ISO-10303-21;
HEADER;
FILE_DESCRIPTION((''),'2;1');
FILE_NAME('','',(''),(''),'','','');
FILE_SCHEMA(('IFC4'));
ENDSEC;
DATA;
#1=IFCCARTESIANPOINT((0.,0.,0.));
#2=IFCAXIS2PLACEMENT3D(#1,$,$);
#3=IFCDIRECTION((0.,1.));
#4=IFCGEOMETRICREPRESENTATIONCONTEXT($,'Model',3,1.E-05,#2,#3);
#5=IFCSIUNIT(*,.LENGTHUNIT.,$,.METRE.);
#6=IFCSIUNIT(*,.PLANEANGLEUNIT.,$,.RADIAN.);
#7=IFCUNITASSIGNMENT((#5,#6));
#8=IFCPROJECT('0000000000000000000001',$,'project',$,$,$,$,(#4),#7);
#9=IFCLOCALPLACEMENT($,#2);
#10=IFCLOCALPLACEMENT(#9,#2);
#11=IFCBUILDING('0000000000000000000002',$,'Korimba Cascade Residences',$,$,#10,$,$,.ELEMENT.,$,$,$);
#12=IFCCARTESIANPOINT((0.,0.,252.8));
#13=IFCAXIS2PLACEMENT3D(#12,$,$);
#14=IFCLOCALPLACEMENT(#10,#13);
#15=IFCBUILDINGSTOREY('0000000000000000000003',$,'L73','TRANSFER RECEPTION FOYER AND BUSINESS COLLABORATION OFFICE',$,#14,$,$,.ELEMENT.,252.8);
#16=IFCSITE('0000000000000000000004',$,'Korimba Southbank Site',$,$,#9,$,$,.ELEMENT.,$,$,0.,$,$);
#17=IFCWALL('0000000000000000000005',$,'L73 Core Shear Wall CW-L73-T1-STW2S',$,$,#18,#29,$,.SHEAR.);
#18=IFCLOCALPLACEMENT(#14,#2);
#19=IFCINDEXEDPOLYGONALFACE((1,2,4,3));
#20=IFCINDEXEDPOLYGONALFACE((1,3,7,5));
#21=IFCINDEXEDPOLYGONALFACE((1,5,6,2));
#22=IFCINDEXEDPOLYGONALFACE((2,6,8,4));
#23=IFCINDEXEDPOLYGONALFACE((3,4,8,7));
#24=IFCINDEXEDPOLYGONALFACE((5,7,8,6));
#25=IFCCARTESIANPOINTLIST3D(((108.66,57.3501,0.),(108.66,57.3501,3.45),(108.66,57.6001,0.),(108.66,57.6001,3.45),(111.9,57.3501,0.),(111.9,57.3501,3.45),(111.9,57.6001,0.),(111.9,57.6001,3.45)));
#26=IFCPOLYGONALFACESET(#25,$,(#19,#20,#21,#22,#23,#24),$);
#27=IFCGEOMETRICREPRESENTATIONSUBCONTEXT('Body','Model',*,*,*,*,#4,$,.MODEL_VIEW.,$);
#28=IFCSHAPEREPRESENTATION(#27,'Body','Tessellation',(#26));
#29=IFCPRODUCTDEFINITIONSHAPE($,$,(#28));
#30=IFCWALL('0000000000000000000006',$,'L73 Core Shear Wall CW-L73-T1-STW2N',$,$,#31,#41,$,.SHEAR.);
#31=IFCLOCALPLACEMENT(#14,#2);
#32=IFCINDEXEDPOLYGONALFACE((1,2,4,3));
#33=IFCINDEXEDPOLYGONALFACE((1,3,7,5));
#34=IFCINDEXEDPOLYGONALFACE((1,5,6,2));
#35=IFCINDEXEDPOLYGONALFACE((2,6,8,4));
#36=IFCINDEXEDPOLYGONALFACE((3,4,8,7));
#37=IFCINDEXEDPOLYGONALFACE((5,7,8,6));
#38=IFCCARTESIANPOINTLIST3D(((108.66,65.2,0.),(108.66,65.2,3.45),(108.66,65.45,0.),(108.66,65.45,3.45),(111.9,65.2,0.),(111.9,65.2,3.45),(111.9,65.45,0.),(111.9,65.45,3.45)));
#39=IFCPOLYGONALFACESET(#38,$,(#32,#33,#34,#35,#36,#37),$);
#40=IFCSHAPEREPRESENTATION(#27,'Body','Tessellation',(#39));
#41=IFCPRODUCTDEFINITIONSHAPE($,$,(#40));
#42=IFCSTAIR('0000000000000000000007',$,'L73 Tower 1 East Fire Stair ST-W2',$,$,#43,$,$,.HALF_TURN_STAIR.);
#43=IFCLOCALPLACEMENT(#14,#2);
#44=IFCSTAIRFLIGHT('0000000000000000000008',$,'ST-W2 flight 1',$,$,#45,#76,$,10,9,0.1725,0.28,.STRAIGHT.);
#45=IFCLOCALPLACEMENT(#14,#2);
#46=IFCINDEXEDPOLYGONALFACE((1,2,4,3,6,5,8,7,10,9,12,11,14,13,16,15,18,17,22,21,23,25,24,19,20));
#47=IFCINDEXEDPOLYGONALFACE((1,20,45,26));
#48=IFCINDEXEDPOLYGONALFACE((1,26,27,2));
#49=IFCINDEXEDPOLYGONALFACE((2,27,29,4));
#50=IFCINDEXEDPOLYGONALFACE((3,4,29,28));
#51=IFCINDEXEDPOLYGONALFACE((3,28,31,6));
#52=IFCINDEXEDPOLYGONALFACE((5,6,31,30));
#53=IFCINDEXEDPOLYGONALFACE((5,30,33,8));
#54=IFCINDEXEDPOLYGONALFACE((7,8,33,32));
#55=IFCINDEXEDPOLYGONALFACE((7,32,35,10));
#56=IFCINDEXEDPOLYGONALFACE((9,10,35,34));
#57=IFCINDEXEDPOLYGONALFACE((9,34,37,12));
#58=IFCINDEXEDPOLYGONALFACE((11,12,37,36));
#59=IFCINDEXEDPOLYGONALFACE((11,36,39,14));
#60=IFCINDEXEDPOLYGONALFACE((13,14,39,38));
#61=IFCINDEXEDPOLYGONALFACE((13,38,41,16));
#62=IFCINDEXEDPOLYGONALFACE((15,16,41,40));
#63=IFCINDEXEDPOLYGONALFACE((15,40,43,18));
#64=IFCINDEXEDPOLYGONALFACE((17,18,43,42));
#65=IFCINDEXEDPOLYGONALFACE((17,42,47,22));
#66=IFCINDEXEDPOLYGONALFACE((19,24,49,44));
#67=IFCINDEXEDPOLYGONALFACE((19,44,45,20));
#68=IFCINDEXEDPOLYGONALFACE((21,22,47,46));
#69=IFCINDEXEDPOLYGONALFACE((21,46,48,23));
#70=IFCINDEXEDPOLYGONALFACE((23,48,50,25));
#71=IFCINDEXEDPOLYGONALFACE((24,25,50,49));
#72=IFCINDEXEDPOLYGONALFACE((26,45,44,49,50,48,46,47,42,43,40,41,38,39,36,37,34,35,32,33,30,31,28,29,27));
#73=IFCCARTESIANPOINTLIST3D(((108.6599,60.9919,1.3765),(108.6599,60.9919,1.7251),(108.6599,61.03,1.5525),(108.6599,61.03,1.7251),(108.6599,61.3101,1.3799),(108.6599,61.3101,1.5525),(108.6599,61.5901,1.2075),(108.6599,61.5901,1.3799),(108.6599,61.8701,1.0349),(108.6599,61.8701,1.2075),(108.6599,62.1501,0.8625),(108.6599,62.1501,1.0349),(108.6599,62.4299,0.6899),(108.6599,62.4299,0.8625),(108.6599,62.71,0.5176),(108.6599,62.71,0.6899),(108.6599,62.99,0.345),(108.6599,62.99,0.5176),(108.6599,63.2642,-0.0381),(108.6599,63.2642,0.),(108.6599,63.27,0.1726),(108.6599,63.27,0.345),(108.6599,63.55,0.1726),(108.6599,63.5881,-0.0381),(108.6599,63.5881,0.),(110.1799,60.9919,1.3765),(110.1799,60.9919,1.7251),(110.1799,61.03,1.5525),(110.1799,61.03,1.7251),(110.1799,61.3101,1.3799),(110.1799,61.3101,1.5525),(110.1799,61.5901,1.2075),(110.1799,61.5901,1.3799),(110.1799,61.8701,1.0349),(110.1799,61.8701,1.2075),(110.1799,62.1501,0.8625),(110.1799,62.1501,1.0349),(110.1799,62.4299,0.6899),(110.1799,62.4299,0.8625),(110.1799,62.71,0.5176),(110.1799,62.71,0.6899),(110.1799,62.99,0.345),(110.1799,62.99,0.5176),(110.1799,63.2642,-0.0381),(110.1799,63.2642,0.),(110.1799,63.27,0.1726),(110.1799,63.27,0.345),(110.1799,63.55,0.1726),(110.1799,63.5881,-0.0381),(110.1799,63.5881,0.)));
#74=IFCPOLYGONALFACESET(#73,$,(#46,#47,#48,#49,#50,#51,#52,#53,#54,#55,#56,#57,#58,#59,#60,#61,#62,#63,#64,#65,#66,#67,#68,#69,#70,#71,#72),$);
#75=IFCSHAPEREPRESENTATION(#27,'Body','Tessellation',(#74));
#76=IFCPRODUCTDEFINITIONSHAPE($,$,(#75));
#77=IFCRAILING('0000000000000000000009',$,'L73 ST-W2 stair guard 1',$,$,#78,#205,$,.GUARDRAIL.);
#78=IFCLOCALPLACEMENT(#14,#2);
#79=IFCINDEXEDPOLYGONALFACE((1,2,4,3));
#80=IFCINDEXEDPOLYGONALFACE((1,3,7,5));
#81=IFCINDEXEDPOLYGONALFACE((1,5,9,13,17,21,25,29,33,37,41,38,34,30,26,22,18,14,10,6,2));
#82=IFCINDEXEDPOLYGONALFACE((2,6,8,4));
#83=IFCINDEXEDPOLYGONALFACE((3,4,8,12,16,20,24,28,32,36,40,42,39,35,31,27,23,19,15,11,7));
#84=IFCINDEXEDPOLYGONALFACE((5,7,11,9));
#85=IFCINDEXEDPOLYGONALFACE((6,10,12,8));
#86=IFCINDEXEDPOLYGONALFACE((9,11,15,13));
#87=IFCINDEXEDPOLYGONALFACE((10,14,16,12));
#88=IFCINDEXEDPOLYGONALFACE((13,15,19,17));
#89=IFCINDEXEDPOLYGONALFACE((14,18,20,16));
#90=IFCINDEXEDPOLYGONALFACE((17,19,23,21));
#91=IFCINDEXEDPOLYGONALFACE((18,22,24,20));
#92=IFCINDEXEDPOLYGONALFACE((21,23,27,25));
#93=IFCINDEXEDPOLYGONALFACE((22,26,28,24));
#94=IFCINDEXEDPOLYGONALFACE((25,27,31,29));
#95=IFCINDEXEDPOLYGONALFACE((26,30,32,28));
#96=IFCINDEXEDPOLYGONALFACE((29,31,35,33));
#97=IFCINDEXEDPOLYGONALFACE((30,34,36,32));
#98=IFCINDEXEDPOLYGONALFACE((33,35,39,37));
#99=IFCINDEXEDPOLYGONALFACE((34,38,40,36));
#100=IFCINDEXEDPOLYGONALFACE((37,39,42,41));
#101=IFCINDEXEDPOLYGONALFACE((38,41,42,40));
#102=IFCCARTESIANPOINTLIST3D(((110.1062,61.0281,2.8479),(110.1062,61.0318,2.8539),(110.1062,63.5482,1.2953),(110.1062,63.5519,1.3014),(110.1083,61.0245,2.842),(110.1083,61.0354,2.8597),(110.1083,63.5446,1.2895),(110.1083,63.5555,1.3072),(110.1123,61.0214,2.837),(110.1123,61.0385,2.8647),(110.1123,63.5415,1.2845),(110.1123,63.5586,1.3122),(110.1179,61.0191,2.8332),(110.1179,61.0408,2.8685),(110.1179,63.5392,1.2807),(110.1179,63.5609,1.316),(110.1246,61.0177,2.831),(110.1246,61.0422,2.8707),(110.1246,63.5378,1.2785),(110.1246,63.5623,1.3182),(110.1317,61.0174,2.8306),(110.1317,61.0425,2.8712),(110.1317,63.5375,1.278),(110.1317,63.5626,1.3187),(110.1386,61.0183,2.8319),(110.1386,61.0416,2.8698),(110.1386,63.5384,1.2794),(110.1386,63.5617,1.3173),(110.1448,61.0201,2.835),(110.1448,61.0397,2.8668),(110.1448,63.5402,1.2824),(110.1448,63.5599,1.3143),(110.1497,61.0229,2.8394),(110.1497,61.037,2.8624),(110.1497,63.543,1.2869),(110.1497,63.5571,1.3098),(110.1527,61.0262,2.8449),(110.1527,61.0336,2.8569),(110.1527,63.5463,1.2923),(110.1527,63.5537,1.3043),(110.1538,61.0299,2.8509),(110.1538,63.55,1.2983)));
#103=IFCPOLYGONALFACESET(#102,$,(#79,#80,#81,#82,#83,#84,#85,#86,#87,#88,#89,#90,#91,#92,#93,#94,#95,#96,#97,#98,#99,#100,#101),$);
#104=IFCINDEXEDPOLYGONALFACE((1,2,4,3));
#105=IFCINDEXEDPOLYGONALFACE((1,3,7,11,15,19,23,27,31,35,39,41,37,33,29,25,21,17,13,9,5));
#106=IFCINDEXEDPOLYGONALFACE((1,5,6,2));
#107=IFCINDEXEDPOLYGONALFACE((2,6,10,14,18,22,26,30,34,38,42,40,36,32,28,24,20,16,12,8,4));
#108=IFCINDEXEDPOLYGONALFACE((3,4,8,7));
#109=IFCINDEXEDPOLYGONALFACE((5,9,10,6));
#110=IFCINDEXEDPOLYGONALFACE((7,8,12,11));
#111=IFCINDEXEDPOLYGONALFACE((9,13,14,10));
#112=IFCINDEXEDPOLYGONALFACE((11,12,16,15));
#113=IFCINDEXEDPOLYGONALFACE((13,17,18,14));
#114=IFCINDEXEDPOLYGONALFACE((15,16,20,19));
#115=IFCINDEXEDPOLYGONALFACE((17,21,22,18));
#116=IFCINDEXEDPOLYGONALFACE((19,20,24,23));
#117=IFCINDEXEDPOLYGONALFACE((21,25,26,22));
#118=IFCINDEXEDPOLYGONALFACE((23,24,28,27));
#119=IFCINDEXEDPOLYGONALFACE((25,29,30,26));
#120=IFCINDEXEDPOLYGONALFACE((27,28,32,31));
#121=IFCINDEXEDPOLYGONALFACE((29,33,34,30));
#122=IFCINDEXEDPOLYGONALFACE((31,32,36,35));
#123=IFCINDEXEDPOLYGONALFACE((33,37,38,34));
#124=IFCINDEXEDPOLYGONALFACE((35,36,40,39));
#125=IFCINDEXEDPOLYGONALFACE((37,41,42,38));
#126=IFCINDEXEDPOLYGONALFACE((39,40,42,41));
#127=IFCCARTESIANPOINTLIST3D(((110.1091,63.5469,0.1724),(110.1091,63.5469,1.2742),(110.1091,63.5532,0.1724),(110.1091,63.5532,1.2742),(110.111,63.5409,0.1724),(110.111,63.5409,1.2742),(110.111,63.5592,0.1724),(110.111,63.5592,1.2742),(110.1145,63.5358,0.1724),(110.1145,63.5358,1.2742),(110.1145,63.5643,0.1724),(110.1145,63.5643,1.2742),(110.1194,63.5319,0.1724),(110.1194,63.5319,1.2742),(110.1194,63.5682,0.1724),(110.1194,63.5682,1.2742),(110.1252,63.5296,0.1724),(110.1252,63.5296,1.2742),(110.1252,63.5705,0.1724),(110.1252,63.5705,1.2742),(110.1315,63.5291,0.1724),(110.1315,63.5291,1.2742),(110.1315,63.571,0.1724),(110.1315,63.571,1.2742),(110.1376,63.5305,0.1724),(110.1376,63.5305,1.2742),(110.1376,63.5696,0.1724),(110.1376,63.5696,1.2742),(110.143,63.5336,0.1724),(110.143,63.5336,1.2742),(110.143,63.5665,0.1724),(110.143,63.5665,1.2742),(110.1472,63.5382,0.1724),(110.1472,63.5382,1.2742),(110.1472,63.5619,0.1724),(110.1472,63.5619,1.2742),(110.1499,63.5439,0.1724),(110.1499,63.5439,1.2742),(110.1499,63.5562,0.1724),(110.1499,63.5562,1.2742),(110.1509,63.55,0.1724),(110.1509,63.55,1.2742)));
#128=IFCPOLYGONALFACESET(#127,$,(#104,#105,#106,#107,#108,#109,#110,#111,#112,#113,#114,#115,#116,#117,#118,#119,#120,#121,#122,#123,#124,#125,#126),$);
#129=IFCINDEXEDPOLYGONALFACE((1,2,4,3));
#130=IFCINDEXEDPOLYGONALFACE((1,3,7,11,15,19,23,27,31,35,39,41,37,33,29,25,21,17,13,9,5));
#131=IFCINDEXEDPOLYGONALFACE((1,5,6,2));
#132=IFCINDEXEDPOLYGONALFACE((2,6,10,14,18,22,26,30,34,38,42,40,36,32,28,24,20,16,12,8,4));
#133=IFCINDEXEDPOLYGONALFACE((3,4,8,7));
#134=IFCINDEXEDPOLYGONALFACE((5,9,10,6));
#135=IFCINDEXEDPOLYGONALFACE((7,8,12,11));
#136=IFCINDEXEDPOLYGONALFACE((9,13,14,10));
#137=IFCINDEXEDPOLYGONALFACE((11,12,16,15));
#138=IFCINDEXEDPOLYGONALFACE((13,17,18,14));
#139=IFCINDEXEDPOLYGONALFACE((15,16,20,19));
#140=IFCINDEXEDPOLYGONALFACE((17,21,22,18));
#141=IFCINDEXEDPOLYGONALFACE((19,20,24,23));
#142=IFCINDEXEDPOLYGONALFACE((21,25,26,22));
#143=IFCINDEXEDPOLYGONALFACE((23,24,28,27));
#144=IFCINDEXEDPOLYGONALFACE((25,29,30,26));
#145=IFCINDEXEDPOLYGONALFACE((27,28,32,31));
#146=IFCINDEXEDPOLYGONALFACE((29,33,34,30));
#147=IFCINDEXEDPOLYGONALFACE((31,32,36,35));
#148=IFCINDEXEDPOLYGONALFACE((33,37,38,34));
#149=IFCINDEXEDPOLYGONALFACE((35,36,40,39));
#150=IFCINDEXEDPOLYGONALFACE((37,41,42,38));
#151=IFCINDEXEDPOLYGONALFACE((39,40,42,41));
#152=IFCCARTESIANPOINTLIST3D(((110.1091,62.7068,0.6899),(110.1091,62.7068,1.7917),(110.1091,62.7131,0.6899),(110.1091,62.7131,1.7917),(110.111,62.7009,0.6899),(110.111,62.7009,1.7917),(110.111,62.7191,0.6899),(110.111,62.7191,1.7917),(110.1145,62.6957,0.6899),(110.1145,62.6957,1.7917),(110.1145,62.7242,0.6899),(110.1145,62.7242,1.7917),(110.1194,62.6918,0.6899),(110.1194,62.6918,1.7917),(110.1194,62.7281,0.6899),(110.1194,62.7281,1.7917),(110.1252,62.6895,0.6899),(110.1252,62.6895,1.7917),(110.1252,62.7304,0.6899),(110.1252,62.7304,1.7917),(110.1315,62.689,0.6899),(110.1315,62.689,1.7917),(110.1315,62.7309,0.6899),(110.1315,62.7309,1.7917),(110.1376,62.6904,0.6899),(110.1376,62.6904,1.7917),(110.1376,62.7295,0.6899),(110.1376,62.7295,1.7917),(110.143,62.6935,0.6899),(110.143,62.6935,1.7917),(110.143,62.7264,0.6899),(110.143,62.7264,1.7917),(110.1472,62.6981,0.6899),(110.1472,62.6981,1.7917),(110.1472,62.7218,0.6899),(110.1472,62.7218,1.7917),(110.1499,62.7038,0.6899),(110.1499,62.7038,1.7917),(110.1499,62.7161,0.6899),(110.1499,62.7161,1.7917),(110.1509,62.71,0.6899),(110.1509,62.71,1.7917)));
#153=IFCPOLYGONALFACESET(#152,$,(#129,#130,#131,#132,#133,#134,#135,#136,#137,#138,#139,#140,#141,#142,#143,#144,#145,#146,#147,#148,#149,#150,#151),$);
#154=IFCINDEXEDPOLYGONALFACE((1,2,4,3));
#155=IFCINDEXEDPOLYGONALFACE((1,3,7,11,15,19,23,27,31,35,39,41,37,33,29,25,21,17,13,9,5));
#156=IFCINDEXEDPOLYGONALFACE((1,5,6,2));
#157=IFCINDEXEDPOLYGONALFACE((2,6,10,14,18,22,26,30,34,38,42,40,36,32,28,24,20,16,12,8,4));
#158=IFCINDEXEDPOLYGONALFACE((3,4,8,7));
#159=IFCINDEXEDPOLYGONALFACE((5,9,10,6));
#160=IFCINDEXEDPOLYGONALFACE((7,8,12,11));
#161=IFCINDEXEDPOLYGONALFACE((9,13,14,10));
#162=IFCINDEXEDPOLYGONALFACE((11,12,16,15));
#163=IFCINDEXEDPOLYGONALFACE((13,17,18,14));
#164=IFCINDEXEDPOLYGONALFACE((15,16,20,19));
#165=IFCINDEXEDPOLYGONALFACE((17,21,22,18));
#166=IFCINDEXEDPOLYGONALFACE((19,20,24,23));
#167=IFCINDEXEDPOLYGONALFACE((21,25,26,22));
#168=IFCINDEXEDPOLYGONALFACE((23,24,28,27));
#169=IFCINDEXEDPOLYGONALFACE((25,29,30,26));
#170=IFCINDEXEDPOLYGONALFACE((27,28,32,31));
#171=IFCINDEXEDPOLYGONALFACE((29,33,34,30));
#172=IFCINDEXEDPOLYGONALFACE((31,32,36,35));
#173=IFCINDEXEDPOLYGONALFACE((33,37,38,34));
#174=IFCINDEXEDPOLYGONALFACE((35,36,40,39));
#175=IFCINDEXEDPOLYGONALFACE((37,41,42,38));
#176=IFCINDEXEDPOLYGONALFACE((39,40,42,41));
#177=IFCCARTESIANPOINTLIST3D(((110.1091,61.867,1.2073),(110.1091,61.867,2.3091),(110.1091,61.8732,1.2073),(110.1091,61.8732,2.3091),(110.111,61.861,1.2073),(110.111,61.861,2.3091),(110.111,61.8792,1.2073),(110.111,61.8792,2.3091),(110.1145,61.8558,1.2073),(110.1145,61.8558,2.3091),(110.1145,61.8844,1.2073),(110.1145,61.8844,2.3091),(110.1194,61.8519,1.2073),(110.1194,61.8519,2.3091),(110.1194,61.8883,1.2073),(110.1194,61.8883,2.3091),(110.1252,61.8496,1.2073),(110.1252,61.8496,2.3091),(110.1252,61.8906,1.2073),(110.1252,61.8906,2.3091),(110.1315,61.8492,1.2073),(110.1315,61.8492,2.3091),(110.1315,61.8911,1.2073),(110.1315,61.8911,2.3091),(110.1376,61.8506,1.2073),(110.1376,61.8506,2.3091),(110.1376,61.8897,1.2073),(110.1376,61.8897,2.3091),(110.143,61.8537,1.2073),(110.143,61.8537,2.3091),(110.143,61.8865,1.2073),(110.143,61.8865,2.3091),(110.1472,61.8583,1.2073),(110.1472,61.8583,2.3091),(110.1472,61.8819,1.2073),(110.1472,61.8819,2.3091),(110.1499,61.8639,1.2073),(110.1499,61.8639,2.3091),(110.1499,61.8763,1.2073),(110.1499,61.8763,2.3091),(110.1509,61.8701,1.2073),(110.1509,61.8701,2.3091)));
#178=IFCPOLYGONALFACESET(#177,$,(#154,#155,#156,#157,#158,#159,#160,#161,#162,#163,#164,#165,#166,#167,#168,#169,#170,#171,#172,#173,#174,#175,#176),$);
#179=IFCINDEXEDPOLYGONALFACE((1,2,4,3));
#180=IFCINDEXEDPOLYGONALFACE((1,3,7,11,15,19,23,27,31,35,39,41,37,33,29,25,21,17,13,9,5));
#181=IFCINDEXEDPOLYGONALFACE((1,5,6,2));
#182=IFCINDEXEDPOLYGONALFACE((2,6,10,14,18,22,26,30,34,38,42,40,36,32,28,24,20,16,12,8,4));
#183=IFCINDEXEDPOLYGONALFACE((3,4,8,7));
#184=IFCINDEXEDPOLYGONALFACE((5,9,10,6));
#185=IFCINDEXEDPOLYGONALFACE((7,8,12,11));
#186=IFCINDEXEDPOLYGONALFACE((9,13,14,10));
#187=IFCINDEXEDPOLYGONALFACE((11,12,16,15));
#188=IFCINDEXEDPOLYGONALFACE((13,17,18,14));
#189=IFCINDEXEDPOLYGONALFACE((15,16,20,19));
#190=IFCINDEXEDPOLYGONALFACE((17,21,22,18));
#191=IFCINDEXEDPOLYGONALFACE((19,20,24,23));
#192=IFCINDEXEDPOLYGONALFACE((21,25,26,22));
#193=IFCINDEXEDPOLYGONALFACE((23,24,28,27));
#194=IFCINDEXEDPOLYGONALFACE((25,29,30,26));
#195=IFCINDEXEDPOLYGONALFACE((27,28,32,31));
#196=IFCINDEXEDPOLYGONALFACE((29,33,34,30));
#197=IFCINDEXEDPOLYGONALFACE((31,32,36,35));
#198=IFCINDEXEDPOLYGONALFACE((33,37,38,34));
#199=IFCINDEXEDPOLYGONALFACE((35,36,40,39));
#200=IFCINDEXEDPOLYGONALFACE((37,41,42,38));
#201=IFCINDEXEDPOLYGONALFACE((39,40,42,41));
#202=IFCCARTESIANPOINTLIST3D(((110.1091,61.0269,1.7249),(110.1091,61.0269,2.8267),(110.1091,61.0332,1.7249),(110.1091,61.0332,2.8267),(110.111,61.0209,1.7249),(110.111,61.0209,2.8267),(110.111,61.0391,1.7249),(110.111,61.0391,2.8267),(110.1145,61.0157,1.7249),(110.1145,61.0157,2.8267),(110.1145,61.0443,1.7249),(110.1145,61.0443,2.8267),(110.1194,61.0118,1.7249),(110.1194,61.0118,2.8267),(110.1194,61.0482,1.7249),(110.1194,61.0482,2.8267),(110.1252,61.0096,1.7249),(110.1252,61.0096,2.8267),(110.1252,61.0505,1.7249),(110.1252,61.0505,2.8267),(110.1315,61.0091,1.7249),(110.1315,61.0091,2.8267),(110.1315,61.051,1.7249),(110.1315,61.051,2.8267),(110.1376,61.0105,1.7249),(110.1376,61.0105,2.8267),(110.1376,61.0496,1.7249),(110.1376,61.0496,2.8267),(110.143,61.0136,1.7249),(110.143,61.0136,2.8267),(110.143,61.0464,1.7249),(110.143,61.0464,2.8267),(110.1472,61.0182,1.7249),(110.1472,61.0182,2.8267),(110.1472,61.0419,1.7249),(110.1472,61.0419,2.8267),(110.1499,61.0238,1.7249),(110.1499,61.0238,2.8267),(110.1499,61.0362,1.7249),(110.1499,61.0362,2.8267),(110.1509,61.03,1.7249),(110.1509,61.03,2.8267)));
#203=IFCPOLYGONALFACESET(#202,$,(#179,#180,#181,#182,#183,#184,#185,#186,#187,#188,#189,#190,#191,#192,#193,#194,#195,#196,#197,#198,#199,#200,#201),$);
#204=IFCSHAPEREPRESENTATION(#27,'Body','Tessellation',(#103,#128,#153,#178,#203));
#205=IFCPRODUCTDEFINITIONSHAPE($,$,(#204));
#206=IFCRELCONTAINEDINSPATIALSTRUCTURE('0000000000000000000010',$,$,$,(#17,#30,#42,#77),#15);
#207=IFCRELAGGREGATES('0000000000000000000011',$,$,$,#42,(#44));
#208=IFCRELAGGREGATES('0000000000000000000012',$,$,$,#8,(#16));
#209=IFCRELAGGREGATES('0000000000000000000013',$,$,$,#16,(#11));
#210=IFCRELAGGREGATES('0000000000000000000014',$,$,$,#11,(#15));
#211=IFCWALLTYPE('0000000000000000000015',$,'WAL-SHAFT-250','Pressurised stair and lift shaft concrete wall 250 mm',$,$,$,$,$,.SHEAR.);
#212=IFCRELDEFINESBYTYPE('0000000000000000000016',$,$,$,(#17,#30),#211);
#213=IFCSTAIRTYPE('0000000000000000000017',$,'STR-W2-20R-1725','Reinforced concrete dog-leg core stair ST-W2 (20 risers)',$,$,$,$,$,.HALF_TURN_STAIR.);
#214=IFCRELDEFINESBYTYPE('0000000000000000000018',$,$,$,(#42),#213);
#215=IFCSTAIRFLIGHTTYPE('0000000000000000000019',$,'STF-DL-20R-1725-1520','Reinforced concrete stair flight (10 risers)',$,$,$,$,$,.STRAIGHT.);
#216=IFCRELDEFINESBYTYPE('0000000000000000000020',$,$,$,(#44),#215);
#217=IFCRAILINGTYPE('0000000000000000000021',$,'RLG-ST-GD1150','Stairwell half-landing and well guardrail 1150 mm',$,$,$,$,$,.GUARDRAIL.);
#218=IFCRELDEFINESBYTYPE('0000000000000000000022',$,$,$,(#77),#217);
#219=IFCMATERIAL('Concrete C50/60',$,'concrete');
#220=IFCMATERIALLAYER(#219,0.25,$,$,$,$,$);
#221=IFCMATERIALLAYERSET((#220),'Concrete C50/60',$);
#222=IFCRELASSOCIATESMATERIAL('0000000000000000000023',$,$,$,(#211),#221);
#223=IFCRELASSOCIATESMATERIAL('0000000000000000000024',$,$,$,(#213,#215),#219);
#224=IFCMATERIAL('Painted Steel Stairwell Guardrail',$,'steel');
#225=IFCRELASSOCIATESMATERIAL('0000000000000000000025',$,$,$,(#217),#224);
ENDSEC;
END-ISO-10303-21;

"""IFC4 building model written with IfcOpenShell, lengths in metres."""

from ifc_helpers import new_model, si_unit, direction, frame, frame_2d, origin, origin_2d, place, context, subcontext, project, spatial, polyline, rectangle, circle, outline, extrude, material, layer, layer_set, type_object, element, aggregate, save


model = new_model("IFC4")

# Units and contexts
model_context = context("Model", 3, precision=1e-05, world=origin(), true_north=direction((0.0, 1.0)))
body_context = subcontext(model_context, "Body", "Model", "MODEL_VIEW")
ifc_project = project(units=[si_unit("LENGTHUNIT", "METRE"), si_unit("PLANEANGLEUNIT", "RADIAN")], contexts=[model_context])

# Site, building, storey
site_placement = place(None, origin())
site = spatial("IfcSite", under=ifc_project, at=site_placement, Name="Korimba Southbank Site", CompositionType="ELEMENT", RefElevation=0.0)
building_placement = place(site_placement, origin())
building = spatial("IfcBuilding", under=site, at=building_placement, Name="Korimba Cascade Residences", CompositionType="ELEMENT")
storey_placement = place(building_placement, frame((0.0, 0.0, 252.8)))
storey = spatial("IfcBuildingStorey", under=building, at=storey_placement, Name="L73", Description="TRANSFER RECEPTION FOYER AND BUSINESS COLLABORATION OFFICE", CompositionType="ELEMENT", Elevation=252.8)

# Shared definitions
ifc_material_1 = material(Name="Concrete C50/60", Category="concrete")

# Shared definitions
ifc_layer_1 = layer(ifc_material_1, 0.25)
ifc_layer_set_1 = layer_set([ifc_layer_1], Name="Concrete C50/60")
wall_type_1 = type_object("IfcWallType", Name="WAL-SHAFT-250", Description="Pressurised stair and lift shaft concrete wall 250 mm", PredefinedType="SHEAR", material=ifc_layer_set_1)

# Walls
for number, where, z_axis, x_axis, name in (
    (1, (108.6599, 57.4751, 0.0), (0.0, 0.0, 1.0), (1.0, 0.0, 0.0), "L73 Core Shear Wall CW-L73-T1-STW2S"),
    (2, (108.6599, 65.325, 0.0), (0.0, 0.0, 1.0), (1.0, 0.0, 0.0), "L73 Core Shear Wall CW-L73-T1-STW2N"),
):
    element("IfcWall", number, at=place(storey_placement, frame(where, z_axis=z_axis, x_axis=x_axis)), inside=storey, type_object=wall_type_1, Name=name, PredefinedType="SHEAR", context=body_context, shape_type="SweptSolid", body=[
        extrude(rectangle(XDim=3.24, YDim=0.25, at=frame_2d((1.6201, 0.0))), origin(), (0.0, 0.0, 1.0), 3.45),
    ])

# Stair, stair flight
stair_type = type_object("IfcStairType", Name="STR-W2-20R-1725", Description="Reinforced concrete dog-leg core stair ST-W2 (20 risers)", PredefinedType="HALF_TURN_STAIR", material=ifc_material_1)
stair_placement = place(storey_placement, origin())
stair = element("IfcStair", 3, at=stair_placement, inside=storey, type_object=stair_type, Name="L73 Tower 1 East Fire Stair ST-W2", PredefinedType="HALF_TURN_STAIR")
stair_flight_type = type_object("IfcStairFlightType", Name="STF-DL-20R-1725-1520", Description="Reinforced concrete stair flight (10 risers)", PredefinedType="STRAIGHT", material=ifc_material_1)
stair_flight_placement = place(storey_placement, frame((109.4199, 63.55, 0.0), z_axis=(0.0, 0.0, 1.0), x_axis=(0.0, -1.0, 0.0)))
stair_flight = element("IfcStairFlight", 4, at=stair_flight_placement, type_object=stair_flight_type, Name="ST-W2 flight 1", NumberOfRisers=10, NumberOfTreads=9, PredefinedType="STRAIGHT", RiserHeight=0.1725, TreadLength=0.28, context=body_context, shape_type="SweptSolid", body=[
    extrude(outline(polyline([(-0.0381, 0.0), (0.0, 0.1726), (0.28, 0.1726), (0.28, 0.345), (0.5601, 0.345), (0.5601, 0.5176), (0.8401, 0.5176), (0.8401, 0.6899), (1.1201, 0.6899), (1.1201, 0.8625), (1.3999, 0.8625), (1.3999, 1.0349), (1.6799, 1.0349), (1.6799, 1.2075), (1.96, 1.2075), (1.96, 1.3799), (2.24, 1.3799), (2.24, 1.5525), (2.52, 1.5525), (2.52, 1.7251), (2.5581, 1.7251), (2.5581, 1.3765), (0.2859, 0.0), (0.2859, -0.0381), (-0.0381, -0.0381), (-0.0381, 0.0)])), frame((0.0, 0.76, 0.0), z_axis=(0.0, -1.0, 0.0), x_axis=(1.0, 0.0, 0.0)), (0.0, 0.0, 1.0), 1.52),
])
aggregate(stair, [stair_flight])

# Railing
ifc_material_2 = material(Name="Painted Steel Stairwell Guardrail", Category="steel")
railing_type_1 = type_object("IfcRailingType", Name="RLG-ST-GD1150", Description="Stairwell half-landing and well guardrail 1150 mm", PredefinedType="GUARDRAIL", material=ifc_material_2)
railing_1_placement = place(storey_placement, frame((110.1299, 63.55, 0.1724)))
element("IfcRailing", 5, at=railing_1_placement, inside=storey, type_object=railing_type_1, Name="L73 ST-W2 stair guard 1", PredefinedType="GUARDRAIL", context=body_context, shape_type="SweptSolid", body=[
    extrude(circle(Radius=0.0239, at=origin_2d()), frame((0.0, 0.0, 1.126), z_axis=(0.0, -0.8514, 0.524516), x_axis=(1.0, 0.0, 0.0)), (0.0, 0.0, 1.0), 2.96),
    extrude(circle(Radius=0.021, at=origin_2d()), origin(), (0.0, 0.0, 1.0), 1.1018),
    extrude(circle(Radius=0.021, at=origin_2d()), frame((0.0, -0.8401, 0.5176)), (0.0, 0.0, 1.0), 1.1018),
    extrude(circle(Radius=0.021, at=origin_2d()), frame((0.0, -1.6799, 1.0349)), (0.0, 0.0, 1.0), 1.1018),
    extrude(circle(Radius=0.021, at=origin_2d()), frame((0.0, -2.52, 1.5525)), (0.0, 0.0, 1.0), 1.1018),
])

save(model, "model.ifc")
